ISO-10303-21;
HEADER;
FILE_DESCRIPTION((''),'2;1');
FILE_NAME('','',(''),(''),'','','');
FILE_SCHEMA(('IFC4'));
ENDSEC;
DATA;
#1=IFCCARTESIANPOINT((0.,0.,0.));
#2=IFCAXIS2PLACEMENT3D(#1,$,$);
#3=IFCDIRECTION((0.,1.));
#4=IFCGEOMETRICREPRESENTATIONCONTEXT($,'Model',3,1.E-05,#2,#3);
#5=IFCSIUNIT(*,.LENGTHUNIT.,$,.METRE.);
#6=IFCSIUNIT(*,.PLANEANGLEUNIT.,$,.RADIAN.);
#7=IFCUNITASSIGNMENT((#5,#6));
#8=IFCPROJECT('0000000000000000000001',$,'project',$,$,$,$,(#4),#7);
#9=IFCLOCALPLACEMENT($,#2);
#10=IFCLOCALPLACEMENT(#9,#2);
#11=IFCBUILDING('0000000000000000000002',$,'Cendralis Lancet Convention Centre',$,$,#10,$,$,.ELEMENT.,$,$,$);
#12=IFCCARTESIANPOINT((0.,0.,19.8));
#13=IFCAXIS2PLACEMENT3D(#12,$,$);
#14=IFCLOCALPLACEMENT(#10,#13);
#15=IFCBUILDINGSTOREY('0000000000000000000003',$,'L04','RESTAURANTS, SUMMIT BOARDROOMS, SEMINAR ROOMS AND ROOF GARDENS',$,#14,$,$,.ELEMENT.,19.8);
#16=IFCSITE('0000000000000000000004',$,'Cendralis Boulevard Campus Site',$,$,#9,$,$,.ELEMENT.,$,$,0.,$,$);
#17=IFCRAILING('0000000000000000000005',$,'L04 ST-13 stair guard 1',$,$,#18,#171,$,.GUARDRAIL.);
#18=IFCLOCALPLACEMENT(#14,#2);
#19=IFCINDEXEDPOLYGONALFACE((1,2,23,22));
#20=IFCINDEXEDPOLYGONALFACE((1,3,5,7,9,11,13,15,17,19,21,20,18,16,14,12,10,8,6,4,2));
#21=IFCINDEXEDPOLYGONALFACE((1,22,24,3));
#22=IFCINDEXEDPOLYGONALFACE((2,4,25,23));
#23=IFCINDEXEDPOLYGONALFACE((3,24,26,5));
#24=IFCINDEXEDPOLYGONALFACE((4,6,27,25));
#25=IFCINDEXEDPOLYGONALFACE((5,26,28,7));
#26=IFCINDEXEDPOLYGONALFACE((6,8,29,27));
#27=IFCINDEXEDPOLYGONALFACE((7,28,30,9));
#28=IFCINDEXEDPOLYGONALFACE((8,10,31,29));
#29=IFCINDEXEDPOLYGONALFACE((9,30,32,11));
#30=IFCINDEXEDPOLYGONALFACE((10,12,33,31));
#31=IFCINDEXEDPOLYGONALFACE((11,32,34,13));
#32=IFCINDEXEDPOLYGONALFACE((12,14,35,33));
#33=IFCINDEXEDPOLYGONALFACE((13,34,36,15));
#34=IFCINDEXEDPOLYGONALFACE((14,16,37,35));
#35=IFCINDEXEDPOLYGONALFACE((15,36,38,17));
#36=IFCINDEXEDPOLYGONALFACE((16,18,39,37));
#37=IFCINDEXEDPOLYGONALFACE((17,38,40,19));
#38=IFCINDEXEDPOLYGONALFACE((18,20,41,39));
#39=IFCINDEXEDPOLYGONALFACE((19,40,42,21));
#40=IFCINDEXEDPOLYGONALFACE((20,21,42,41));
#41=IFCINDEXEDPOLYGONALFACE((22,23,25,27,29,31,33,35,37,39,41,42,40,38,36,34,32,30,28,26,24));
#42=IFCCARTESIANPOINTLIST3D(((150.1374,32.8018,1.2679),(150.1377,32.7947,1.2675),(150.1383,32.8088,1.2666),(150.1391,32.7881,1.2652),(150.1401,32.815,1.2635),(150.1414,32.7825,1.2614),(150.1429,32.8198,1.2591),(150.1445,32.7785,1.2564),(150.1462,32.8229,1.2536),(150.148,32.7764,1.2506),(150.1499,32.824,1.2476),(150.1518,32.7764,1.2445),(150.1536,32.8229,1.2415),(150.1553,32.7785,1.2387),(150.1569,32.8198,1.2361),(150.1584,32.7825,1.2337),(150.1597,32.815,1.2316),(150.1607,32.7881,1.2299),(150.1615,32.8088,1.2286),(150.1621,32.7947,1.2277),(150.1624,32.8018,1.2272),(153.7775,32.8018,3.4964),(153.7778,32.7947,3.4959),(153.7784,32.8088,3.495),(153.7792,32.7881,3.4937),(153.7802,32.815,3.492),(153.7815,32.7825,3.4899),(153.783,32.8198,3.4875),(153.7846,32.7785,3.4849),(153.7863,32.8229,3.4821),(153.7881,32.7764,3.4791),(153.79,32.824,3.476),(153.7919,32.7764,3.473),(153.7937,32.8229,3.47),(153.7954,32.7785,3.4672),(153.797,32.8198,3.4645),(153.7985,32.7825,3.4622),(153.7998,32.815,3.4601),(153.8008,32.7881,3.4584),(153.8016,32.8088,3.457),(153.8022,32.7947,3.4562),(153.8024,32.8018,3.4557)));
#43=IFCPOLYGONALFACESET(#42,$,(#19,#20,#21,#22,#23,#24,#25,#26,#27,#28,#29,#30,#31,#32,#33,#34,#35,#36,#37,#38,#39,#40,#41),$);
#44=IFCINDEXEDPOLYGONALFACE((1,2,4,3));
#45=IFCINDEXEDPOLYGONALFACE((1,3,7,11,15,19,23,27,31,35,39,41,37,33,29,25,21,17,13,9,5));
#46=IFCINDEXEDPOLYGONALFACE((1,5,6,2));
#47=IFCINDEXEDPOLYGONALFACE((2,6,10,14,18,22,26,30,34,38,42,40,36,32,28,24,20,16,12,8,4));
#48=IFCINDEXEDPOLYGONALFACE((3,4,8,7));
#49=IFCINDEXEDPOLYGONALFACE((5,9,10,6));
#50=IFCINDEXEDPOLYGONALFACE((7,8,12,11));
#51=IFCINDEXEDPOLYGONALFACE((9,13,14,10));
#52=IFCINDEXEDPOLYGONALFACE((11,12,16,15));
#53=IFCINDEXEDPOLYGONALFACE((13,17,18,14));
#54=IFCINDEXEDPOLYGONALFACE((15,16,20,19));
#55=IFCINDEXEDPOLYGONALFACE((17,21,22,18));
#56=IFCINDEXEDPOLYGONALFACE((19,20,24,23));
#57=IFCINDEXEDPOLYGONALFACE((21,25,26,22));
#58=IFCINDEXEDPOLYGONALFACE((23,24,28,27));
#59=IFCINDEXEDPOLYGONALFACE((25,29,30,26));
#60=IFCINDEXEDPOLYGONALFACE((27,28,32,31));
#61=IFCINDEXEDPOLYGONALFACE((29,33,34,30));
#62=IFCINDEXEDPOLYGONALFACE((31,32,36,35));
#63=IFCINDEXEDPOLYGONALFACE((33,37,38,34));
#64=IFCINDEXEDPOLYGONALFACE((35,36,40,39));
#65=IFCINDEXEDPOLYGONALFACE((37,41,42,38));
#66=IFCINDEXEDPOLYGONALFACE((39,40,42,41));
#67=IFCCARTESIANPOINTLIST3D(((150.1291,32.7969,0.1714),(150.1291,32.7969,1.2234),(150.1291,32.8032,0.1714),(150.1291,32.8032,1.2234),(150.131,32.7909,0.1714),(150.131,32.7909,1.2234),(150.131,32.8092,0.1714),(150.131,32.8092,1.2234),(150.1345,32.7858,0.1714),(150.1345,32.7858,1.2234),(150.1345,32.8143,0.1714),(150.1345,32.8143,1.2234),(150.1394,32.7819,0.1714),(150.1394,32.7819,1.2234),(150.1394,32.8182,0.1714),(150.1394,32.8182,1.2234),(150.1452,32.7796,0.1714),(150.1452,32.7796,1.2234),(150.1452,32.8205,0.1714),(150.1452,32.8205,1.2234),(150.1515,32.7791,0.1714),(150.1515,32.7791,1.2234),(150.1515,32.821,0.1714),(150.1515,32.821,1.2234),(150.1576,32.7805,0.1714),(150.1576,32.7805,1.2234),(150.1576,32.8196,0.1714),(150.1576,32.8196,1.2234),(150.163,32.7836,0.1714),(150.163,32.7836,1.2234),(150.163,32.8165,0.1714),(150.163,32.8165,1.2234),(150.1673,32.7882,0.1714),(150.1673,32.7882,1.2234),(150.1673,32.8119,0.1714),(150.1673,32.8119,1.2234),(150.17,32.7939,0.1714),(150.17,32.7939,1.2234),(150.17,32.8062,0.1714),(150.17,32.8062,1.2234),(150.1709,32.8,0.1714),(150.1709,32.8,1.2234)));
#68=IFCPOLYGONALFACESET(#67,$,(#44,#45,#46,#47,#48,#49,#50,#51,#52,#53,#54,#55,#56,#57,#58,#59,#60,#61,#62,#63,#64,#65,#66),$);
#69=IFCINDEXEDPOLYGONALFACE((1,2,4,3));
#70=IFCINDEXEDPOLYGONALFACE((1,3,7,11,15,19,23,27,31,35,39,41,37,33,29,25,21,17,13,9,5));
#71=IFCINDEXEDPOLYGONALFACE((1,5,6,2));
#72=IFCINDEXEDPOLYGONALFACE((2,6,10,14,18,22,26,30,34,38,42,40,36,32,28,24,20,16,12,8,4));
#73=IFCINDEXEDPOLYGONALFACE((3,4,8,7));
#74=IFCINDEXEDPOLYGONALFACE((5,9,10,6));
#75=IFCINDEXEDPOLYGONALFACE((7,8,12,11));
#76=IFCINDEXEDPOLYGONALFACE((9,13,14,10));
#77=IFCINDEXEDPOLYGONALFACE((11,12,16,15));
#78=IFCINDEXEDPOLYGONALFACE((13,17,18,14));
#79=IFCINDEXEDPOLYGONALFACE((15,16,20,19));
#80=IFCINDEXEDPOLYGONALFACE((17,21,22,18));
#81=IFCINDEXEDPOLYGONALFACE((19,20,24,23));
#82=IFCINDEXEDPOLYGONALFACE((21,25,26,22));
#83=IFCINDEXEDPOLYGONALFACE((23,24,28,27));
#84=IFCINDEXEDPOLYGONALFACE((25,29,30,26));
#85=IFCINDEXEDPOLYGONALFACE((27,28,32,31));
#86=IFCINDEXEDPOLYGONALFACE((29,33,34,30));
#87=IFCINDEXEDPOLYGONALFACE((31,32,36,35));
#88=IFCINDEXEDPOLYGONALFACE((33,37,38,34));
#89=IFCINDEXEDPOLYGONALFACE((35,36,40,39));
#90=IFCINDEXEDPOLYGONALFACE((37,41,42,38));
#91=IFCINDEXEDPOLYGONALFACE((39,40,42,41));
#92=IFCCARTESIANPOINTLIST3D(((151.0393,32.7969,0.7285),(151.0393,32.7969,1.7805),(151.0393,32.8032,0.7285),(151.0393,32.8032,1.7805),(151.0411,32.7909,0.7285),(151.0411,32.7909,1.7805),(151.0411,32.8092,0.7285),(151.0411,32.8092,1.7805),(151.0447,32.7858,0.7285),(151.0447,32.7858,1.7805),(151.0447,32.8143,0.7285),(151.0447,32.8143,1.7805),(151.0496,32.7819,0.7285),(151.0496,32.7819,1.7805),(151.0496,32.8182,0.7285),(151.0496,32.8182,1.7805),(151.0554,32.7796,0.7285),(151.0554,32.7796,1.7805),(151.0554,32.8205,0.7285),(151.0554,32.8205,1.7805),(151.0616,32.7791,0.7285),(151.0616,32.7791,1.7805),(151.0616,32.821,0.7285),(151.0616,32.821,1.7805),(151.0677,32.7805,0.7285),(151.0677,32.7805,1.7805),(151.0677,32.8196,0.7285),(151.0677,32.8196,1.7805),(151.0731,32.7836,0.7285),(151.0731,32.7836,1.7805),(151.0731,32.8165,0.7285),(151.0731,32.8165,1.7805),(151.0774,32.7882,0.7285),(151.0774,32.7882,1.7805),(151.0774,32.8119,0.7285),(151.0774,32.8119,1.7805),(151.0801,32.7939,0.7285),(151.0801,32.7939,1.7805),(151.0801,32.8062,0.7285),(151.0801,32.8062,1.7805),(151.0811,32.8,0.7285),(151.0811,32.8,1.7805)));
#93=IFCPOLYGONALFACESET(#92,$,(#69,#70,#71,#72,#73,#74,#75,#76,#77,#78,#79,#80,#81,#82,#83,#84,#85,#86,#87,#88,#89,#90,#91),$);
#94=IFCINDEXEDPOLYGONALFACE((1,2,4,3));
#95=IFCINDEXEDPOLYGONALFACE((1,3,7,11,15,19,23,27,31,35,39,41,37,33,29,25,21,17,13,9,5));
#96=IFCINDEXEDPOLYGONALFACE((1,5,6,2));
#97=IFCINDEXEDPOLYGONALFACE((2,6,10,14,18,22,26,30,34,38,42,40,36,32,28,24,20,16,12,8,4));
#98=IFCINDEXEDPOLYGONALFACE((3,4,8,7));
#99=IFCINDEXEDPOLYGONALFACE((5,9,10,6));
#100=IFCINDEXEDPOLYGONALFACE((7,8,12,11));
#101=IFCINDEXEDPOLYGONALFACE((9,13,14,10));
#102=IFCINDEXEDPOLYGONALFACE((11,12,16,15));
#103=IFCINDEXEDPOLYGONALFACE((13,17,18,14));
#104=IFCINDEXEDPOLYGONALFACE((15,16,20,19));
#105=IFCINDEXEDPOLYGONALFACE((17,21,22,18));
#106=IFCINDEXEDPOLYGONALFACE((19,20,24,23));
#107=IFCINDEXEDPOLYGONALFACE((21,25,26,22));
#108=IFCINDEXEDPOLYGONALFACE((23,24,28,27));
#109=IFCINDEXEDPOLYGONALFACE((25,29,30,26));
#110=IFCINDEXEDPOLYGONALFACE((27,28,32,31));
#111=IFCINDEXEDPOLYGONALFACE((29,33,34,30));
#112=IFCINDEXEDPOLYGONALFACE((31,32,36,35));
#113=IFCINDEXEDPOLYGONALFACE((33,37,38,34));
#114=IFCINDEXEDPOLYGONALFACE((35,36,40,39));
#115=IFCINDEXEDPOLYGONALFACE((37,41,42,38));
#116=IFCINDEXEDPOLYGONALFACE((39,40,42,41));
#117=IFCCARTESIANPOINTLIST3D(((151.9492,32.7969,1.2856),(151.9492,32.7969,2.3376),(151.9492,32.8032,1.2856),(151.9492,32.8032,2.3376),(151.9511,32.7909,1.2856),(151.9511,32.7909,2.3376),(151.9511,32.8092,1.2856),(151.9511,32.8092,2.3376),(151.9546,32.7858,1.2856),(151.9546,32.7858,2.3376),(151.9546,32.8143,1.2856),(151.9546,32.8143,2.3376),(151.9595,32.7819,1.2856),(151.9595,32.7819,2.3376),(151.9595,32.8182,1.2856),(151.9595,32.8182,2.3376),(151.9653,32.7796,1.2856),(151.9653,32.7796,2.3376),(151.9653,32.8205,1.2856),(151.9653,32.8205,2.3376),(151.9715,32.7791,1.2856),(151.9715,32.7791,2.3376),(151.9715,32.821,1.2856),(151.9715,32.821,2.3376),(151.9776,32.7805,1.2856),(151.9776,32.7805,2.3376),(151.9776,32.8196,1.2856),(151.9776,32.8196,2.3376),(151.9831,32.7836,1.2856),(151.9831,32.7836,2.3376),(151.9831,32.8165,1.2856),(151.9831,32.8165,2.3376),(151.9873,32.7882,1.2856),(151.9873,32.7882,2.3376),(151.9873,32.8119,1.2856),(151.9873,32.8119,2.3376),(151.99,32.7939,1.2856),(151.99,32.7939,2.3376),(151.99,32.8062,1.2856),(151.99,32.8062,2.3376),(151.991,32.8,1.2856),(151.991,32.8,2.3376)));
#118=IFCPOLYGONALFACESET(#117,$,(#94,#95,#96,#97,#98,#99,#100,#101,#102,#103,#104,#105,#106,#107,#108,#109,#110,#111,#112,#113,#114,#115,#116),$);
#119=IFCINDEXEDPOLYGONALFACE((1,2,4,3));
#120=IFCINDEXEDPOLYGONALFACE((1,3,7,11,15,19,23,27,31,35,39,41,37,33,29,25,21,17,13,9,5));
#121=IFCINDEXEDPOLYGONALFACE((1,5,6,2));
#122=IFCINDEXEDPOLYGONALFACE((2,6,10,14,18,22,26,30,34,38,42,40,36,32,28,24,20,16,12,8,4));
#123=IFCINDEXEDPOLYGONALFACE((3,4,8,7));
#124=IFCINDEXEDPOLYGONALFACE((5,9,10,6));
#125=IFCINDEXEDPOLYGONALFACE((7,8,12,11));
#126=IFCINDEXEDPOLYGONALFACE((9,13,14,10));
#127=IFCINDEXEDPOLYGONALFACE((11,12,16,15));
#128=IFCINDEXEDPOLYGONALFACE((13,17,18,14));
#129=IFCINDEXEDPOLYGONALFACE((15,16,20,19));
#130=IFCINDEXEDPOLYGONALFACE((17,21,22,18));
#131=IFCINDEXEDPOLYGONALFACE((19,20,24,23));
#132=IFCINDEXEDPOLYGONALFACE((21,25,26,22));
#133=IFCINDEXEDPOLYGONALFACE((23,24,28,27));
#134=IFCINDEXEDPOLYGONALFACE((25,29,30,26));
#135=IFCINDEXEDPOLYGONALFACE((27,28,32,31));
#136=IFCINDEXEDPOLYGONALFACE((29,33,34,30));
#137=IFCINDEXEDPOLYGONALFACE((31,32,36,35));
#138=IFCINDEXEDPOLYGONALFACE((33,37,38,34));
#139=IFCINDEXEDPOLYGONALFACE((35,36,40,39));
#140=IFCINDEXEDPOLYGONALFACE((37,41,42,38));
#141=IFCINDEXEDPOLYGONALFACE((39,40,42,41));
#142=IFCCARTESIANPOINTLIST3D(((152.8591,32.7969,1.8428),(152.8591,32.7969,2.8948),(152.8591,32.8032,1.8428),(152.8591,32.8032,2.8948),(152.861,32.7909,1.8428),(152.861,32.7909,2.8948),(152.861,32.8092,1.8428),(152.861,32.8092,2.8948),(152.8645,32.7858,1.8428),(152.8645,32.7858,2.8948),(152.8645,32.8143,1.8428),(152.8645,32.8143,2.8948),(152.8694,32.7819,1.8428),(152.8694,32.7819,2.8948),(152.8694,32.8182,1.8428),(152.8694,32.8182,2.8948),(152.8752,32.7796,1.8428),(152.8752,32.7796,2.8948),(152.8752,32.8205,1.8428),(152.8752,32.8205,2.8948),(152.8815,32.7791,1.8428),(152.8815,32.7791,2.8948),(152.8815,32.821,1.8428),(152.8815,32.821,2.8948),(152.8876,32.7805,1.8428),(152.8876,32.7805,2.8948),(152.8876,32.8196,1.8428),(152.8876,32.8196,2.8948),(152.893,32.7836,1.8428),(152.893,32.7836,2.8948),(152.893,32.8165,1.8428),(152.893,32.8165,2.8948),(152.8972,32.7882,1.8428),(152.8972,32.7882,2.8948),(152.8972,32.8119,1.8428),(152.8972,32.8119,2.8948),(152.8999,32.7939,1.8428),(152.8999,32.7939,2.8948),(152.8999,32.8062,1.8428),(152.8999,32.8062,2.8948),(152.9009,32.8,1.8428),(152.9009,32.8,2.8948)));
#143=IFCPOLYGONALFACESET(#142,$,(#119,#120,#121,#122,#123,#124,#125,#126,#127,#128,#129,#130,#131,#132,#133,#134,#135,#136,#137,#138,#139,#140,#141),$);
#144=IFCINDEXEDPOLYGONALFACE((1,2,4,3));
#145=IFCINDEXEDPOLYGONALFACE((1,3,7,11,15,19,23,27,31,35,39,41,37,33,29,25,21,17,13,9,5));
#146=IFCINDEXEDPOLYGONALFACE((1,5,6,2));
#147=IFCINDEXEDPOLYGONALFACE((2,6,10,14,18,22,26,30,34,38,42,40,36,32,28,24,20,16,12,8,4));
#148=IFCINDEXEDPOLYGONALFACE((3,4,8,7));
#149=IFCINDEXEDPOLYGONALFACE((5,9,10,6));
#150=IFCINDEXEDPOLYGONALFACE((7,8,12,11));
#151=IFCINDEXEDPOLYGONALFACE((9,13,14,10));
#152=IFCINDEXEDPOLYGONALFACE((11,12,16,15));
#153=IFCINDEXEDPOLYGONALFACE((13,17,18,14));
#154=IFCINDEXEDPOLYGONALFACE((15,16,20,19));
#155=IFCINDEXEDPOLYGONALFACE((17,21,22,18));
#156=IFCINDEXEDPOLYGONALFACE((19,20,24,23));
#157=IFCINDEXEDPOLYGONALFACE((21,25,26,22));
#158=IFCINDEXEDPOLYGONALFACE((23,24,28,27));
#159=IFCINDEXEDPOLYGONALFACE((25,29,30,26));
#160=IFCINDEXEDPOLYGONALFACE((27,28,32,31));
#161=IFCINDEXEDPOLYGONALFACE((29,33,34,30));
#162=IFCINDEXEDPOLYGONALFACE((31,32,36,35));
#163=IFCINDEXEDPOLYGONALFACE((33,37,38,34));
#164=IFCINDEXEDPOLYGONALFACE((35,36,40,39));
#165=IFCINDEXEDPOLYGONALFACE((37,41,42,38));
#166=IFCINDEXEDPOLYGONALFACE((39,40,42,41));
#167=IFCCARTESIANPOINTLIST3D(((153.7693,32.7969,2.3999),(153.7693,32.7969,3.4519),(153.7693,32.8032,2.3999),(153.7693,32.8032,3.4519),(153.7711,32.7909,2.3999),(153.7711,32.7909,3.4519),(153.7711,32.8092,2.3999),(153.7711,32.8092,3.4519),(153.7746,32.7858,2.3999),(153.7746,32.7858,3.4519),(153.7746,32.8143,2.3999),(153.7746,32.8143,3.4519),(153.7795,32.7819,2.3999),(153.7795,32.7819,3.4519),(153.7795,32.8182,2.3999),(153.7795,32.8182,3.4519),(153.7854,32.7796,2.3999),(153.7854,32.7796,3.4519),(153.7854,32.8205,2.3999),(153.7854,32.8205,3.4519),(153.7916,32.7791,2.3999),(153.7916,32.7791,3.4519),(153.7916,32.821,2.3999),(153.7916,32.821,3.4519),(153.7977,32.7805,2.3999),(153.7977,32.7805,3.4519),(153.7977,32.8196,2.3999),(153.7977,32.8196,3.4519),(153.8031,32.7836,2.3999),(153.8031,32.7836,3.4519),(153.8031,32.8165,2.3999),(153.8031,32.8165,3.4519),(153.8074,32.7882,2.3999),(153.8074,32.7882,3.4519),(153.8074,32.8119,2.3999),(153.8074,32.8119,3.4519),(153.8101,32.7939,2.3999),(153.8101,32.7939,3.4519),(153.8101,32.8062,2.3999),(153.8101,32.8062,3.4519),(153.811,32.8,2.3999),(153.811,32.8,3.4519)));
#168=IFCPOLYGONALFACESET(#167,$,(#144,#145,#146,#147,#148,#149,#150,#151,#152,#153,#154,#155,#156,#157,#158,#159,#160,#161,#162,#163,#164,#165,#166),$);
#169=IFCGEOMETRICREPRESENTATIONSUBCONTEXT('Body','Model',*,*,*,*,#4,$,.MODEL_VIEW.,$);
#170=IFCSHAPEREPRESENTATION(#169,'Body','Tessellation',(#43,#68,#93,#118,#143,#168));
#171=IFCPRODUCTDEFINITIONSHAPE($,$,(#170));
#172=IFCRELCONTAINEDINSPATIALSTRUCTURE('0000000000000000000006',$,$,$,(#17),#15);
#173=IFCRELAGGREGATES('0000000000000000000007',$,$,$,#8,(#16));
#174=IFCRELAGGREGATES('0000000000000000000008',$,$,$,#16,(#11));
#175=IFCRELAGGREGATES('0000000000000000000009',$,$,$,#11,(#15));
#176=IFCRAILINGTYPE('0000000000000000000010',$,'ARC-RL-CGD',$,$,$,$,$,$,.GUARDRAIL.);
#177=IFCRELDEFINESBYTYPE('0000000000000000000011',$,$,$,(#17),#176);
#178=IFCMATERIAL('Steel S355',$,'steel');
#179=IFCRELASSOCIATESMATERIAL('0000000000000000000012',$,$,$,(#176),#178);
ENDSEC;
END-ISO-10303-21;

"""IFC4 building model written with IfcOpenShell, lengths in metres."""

from ifc_helpers import new_model, si_unit, direction, frame, origin, origin_2d, place, context, subcontext, project, spatial, circle, extrude, material, type_object, element, save


model = new_model("IFC4")

# Units and contexts
model_context = context("Model", 3, precision=1e-05, world=origin(), true_north=direction((0.0, 1.0)))
body_context = subcontext(model_context, "Body", "Model", "MODEL_VIEW")
ifc_project = project(units=[si_unit("LENGTHUNIT", "METRE"), si_unit("PLANEANGLEUNIT", "RADIAN")], contexts=[model_context])

# Site, building, storey
site_placement = place(None, origin())
site = spatial("IfcSite", under=ifc_project, at=site_placement, Name="Cendralis Boulevard Campus Site", CompositionType="ELEMENT", RefElevation=0.0)
building_placement = place(site_placement, origin())
building = spatial("IfcBuilding", under=site, at=building_placement, Name="Cendralis Lancet Convention Centre", CompositionType="ELEMENT")
storey_placement = place(building_placement, frame((0.0, 0.0, 19.8)))
storey = spatial("IfcBuildingStorey", under=building, at=storey_placement, Name="L04", Description="RESTAURANTS, SUMMIT BOARDROOMS, SEMINAR ROOMS AND ROOF GARDENS", CompositionType="ELEMENT", Elevation=19.8)

# Shared definitions
ifc_material_1 = material(Name="Steel S355", Category="steel")

# Railing
railing_type_1 = type_object("IfcRailingType", Name="ARC-RL-CGD", PredefinedType="GUARDRAIL", material=ifc_material_1)
railing_1_placement = place(storey_placement, frame((150.1499, 32.8, 0.1714)))
element("IfcRailing", 1, at=railing_1_placement, inside=storey, type_object=railing_type_1, Name="L04 ST-13 stair guard 1", PredefinedType="GUARDRAIL", context=body_context, shape_type="SweptSolid", body=[
    extrude(circle(Radius=0.0239, at=origin_2d()), frame((0.0, 0.0, 1.0762), z_axis=(0.852866, 0.0, 0.52213), x_axis=(0.0, 1.0, 0.0)), (0.0, 0.0, 1.0), 4.2681),
    extrude(circle(Radius=0.021, at=origin_2d()), origin(), (0.0, 0.0, 1.0), 1.052),
    extrude(circle(Radius=0.021, at=origin_2d()), frame((0.9102, 0.0, 0.5571)), (0.0, 0.0, 1.0), 1.052),
    extrude(circle(Radius=0.021, at=origin_2d()), frame((1.8201, 0.0, 1.1143)), (0.0, 0.0, 1.0), 1.052),
    extrude(circle(Radius=0.021, at=origin_2d()), frame((2.73, 0.0, 1.6714)), (0.0, 0.0, 1.0), 1.052),
    extrude(circle(Radius=0.021, at=origin_2d()), frame((3.6401, 0.0, 2.2285)), (0.0, 0.0, 1.0), 1.052),
])

save(model, "model.ifc")
